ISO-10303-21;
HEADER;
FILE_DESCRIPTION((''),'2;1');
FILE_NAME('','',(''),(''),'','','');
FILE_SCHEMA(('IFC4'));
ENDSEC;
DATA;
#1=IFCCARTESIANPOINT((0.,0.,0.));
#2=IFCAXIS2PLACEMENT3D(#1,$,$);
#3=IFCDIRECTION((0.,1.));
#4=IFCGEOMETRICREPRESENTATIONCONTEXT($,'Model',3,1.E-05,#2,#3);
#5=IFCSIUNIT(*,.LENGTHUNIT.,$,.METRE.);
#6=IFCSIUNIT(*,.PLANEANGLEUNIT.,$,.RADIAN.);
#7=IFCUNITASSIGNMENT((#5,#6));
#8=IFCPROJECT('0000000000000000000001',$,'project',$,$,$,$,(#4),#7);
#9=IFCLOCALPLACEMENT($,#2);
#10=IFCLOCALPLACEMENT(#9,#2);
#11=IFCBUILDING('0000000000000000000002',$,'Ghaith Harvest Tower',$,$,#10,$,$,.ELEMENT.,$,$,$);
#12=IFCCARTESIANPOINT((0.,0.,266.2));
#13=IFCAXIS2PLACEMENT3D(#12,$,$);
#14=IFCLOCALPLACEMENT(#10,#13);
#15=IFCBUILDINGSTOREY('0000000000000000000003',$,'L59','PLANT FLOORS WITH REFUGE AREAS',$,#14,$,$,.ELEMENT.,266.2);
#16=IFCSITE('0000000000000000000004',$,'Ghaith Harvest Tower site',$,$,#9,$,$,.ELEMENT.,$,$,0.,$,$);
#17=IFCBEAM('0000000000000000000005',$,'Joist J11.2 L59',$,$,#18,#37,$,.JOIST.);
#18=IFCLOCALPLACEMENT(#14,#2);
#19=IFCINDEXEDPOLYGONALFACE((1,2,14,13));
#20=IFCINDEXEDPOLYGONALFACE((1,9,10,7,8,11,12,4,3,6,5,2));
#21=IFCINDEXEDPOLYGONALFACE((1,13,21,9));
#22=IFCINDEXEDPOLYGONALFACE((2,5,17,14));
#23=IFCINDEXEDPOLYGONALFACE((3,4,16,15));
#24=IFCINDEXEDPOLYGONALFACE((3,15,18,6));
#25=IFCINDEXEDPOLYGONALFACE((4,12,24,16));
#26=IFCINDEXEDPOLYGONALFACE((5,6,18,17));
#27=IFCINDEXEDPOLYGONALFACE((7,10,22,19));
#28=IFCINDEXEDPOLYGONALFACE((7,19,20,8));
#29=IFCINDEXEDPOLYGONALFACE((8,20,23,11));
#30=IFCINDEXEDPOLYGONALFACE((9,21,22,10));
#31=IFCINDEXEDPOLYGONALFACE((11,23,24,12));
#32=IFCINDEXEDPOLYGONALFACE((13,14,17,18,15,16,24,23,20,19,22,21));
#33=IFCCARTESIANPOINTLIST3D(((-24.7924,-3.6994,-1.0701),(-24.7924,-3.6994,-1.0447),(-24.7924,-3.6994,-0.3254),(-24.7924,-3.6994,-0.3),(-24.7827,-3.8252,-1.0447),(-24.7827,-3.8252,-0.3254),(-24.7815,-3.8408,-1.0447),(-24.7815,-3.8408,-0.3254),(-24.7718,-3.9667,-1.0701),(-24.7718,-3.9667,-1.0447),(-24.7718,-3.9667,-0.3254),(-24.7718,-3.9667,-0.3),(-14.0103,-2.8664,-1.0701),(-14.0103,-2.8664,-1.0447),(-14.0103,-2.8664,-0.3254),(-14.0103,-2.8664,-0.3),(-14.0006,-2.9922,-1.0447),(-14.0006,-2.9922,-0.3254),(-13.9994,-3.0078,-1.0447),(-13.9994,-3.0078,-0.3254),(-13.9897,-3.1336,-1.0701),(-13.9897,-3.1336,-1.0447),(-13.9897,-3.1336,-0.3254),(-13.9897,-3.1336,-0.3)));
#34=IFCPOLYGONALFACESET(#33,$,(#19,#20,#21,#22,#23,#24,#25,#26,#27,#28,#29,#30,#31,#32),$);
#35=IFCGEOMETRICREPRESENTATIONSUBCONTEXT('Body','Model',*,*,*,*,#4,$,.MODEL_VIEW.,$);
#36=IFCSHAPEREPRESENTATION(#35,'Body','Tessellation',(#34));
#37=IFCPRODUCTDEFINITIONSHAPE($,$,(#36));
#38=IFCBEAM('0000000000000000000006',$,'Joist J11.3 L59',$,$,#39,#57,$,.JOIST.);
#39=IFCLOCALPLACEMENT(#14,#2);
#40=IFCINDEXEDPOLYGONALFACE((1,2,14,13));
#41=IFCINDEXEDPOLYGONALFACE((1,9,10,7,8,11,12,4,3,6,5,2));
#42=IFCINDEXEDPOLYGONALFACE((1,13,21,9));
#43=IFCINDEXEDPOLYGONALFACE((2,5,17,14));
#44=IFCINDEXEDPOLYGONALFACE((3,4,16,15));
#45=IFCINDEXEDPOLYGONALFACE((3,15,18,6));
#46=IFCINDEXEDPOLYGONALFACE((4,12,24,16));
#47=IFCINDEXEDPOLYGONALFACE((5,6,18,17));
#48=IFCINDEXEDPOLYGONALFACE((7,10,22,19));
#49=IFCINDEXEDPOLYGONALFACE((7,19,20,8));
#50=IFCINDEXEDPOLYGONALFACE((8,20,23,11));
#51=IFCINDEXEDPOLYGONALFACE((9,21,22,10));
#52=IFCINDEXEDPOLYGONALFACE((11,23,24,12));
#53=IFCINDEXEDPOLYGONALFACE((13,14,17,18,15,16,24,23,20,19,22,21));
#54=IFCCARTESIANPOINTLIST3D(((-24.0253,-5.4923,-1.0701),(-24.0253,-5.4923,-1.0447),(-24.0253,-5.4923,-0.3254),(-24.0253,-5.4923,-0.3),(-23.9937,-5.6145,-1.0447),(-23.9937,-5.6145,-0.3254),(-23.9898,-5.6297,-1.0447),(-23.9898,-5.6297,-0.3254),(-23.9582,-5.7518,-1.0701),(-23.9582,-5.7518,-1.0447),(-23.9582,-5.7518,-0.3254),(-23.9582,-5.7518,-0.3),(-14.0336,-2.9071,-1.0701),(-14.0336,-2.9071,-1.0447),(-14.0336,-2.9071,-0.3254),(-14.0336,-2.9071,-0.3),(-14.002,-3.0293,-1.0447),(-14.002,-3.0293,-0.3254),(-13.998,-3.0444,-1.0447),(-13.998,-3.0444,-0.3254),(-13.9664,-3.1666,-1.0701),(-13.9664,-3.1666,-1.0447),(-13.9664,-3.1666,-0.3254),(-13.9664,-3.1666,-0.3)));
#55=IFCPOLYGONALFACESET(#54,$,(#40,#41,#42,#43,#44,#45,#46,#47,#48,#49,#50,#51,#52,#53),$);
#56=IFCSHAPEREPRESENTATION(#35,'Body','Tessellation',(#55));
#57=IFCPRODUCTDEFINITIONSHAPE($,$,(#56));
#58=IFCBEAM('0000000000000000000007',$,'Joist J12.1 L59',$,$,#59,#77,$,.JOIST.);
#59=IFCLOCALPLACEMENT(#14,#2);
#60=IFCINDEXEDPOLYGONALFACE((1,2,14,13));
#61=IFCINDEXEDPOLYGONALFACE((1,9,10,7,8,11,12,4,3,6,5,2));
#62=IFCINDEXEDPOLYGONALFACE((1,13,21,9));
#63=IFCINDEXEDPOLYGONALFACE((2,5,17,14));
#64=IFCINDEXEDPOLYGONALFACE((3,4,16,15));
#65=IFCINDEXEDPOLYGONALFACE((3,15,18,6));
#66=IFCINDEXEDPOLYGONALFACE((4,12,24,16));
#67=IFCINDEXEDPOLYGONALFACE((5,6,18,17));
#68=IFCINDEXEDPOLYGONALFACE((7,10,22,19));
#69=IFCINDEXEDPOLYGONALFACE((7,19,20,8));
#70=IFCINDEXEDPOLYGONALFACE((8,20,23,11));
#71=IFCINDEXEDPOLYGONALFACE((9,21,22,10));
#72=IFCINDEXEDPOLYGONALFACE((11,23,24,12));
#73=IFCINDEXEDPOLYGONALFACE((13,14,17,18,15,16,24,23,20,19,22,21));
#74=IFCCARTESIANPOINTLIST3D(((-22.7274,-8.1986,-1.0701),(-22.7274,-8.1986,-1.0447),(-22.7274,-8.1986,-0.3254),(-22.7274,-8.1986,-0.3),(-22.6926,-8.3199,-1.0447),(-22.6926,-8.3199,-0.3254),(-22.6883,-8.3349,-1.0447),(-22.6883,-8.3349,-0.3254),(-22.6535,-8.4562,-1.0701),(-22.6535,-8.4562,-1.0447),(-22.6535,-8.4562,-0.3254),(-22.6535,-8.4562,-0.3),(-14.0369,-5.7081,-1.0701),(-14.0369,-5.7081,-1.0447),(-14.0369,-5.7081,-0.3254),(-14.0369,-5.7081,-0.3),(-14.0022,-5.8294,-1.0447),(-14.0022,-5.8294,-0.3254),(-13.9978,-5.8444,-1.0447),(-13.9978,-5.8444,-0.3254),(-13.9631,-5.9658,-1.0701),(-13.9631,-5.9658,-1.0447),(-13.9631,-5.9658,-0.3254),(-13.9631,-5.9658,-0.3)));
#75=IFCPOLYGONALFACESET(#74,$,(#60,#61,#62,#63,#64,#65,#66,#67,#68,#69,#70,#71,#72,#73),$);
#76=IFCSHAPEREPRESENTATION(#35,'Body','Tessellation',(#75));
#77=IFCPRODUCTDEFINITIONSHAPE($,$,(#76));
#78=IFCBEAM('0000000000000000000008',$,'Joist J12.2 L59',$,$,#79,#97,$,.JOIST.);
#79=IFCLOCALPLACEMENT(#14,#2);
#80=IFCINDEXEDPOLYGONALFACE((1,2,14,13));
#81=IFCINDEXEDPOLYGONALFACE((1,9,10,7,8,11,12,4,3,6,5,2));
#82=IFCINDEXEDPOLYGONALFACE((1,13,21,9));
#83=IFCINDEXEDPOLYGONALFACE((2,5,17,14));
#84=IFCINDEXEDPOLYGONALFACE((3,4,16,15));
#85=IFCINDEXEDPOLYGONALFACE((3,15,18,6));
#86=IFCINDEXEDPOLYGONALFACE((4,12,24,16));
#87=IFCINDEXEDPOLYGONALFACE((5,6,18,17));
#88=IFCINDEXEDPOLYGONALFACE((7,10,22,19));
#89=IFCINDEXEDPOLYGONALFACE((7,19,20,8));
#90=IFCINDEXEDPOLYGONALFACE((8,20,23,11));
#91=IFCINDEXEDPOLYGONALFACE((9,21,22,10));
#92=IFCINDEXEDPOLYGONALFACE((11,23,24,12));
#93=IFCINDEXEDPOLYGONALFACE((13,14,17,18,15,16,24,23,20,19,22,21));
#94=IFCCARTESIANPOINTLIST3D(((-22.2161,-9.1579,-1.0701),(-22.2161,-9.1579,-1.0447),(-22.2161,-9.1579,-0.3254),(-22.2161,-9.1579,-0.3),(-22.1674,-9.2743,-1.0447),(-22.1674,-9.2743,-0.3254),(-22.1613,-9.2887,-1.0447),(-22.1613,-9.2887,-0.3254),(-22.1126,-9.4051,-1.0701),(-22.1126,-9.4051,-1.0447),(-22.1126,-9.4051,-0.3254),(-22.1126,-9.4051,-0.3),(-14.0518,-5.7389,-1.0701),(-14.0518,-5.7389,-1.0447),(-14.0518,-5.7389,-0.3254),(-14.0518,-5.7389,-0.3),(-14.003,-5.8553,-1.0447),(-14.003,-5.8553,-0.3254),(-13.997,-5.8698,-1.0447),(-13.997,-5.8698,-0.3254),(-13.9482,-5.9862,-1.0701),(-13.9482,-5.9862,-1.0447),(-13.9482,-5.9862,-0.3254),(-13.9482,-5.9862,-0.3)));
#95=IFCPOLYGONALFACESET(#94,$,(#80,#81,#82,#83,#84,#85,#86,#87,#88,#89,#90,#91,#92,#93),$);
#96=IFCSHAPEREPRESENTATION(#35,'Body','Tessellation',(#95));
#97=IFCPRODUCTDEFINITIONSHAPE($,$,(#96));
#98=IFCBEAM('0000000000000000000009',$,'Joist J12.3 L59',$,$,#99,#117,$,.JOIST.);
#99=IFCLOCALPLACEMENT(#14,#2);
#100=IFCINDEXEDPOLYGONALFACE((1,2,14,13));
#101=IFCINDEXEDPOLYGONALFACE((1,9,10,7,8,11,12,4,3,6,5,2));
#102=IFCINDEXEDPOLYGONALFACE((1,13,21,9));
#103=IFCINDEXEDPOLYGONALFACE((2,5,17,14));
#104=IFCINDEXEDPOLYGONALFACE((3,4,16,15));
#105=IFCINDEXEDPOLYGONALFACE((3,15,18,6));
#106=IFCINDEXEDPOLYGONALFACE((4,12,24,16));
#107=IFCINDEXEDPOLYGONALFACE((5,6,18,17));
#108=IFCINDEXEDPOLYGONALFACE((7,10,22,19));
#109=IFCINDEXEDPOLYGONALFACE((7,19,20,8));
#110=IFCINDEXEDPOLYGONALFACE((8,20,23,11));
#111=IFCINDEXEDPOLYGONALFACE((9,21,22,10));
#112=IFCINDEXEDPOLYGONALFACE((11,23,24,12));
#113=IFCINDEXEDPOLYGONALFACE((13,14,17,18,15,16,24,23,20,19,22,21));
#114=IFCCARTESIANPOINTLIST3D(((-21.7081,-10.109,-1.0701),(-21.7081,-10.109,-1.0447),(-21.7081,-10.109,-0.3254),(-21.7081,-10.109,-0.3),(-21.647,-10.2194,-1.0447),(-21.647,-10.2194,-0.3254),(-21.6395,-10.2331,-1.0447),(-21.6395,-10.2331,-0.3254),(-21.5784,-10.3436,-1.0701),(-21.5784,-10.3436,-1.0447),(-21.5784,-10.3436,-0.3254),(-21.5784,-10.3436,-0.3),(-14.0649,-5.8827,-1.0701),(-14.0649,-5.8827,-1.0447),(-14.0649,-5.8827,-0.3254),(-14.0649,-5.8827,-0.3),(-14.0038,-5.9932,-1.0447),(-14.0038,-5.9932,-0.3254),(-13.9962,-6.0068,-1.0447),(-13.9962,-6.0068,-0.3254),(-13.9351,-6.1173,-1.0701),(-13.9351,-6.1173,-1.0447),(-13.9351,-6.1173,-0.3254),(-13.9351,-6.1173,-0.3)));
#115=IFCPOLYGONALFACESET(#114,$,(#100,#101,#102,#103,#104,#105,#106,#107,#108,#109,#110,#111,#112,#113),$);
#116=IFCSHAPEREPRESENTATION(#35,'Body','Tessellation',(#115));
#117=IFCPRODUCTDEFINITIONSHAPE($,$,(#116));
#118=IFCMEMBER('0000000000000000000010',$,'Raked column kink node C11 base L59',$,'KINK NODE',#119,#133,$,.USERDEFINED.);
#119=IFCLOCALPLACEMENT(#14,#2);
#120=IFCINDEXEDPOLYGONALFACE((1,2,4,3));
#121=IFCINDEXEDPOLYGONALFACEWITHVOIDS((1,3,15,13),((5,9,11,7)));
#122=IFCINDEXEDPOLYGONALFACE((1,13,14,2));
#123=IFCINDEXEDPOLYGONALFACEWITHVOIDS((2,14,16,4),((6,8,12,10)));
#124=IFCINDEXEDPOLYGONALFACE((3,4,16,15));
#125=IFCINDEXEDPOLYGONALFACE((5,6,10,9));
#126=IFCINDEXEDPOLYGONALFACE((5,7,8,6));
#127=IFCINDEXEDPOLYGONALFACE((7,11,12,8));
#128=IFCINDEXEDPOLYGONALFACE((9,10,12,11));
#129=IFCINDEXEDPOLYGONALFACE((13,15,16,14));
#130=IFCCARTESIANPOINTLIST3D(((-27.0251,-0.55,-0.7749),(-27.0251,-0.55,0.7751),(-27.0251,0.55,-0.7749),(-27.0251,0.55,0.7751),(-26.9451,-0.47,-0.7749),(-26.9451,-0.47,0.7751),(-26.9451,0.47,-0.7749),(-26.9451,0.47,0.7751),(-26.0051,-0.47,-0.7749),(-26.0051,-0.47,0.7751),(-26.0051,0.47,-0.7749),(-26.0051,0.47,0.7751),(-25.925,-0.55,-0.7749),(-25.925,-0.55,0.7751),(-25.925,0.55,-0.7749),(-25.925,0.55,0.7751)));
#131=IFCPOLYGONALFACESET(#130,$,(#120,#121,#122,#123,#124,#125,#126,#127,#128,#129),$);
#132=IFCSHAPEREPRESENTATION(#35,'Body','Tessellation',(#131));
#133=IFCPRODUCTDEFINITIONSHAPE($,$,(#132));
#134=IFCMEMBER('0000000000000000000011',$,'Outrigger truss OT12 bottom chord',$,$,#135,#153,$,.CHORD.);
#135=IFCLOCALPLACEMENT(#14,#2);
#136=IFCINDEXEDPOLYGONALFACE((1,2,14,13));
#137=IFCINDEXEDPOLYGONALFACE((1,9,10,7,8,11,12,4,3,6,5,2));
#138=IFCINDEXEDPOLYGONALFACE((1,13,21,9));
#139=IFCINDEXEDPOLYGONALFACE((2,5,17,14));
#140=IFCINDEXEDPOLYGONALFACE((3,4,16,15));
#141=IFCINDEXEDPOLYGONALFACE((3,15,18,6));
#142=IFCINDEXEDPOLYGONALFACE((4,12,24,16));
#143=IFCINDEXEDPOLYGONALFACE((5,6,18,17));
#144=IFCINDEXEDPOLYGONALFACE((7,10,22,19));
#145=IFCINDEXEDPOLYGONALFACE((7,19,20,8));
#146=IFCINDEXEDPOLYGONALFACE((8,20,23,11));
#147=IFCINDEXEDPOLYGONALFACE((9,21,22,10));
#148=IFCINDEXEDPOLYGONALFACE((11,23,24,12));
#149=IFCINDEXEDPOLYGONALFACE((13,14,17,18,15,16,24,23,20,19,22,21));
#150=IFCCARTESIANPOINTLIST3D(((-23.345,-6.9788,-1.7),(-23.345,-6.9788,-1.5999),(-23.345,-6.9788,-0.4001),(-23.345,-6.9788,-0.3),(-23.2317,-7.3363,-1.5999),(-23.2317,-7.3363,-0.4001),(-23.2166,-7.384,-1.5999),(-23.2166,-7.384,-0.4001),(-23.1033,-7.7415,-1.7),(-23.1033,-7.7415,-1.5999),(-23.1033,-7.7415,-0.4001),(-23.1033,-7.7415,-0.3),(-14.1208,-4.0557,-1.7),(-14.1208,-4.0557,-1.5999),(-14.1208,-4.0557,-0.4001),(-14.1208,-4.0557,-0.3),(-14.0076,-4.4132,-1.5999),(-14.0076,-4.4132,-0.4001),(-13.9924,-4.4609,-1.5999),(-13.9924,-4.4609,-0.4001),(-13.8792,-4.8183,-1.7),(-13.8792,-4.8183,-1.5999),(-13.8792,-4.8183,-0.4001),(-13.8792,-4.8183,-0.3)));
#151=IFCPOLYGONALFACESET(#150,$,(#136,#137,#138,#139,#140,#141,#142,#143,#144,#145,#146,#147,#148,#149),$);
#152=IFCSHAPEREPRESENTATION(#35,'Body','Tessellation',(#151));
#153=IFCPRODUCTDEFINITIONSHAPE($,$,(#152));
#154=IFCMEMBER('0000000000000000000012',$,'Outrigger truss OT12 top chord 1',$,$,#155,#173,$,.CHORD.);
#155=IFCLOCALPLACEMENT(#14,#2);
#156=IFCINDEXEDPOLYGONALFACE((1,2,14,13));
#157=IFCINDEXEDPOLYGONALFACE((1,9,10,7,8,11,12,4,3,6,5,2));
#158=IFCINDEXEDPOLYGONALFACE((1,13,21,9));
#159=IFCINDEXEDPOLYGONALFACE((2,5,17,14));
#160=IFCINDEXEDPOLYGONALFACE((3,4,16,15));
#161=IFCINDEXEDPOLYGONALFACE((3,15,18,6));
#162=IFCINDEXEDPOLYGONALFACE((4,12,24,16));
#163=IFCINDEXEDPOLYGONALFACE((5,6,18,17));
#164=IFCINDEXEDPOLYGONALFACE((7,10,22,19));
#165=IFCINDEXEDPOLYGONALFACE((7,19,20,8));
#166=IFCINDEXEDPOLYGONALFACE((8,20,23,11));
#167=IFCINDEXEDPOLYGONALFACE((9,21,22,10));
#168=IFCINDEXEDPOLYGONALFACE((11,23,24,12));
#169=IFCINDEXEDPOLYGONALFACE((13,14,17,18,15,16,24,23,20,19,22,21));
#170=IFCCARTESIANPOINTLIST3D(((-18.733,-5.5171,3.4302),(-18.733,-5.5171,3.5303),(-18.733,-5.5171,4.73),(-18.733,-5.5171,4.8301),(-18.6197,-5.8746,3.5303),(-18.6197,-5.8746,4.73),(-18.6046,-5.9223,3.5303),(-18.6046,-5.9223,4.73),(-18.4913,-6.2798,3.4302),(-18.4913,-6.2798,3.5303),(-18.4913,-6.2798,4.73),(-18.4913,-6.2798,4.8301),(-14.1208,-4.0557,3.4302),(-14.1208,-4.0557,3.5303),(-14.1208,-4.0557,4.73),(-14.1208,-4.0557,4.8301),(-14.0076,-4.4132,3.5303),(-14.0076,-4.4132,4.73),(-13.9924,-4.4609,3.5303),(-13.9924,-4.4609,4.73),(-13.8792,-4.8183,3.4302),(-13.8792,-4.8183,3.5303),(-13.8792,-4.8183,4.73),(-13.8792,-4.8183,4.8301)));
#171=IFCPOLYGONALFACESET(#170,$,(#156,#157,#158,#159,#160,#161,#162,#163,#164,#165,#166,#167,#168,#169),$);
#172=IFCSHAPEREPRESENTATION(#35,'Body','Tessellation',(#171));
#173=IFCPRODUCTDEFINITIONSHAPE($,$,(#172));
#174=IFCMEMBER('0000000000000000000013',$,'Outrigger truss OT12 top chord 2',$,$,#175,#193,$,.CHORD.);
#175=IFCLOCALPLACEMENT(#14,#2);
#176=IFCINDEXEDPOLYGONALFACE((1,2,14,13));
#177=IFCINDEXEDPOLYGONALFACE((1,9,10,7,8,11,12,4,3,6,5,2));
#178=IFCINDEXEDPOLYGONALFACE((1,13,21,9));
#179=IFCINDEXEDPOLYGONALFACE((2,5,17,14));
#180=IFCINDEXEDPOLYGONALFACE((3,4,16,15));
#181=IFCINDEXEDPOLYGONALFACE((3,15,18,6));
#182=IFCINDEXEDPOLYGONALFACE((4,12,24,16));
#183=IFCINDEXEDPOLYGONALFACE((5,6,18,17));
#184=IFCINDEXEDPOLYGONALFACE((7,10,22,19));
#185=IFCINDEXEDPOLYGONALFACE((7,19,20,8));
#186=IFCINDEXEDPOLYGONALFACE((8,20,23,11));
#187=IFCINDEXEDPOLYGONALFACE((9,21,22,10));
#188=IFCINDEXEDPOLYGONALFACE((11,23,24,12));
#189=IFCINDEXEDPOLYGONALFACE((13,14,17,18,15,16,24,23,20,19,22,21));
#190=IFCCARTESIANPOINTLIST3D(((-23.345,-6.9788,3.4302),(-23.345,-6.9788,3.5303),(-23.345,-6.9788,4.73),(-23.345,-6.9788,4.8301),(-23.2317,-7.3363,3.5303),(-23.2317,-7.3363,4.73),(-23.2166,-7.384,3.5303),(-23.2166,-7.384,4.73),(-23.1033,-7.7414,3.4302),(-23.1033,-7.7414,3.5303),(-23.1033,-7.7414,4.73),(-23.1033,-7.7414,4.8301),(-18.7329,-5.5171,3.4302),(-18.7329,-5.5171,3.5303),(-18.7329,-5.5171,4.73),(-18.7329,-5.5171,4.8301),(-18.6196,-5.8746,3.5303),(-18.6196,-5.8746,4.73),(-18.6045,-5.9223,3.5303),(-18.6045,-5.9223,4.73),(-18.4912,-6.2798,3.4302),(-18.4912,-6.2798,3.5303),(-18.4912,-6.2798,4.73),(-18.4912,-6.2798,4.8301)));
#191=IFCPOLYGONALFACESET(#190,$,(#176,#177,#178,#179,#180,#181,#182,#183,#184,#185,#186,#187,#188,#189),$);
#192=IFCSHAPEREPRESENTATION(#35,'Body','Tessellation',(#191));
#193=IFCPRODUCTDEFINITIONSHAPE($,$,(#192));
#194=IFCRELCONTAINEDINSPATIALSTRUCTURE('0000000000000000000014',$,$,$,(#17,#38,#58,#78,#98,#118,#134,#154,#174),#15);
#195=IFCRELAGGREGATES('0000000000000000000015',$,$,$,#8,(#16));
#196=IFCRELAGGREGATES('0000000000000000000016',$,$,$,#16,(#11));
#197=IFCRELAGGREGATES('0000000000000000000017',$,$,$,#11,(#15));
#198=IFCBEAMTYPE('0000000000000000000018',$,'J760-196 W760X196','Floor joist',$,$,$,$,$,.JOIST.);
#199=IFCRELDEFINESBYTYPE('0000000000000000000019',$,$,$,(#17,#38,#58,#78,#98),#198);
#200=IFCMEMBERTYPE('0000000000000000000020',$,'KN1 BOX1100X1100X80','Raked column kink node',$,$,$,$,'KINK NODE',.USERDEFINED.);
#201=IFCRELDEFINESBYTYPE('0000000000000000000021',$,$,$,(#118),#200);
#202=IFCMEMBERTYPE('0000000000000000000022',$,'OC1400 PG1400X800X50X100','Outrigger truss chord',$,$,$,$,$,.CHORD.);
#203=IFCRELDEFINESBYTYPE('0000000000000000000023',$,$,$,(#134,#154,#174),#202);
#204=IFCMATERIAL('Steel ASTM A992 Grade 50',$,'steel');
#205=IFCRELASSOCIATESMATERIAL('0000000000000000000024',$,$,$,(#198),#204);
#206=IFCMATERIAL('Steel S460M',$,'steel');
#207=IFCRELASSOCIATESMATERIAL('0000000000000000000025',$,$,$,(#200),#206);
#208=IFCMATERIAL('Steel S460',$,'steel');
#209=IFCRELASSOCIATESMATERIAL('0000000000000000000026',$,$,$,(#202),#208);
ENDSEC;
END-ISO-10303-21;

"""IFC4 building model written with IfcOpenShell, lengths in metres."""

from ifc_helpers import new_model, si_unit, direction, frame, origin, origin_2d, place, context, subcontext, project, spatial, hollow_rectangle, i_section, extrude, material, material_profile, profile_set, type_object, element, save


model = new_model("IFC4")

# Units and contexts
model_context = context("Model", 3, precision=1e-05, world=origin(), true_north=direction((0.0, 1.0)))
body_context = subcontext(model_context, "Body", "Model", "MODEL_VIEW")
ifc_project = project(units=[si_unit("LENGTHUNIT", "METRE"), si_unit("PLANEANGLEUNIT", "RADIAN")], contexts=[model_context])

# Site, building, storey
site_placement = place(None, origin())
site = spatial("IfcSite", under=ifc_project, at=site_placement, Name="Ghaith Harvest Tower site", CompositionType="ELEMENT", RefElevation=0.0)
building_placement = place(site_placement, origin())
building = spatial("IfcBuilding", under=site, at=building_placement, Name="Ghaith Harvest Tower", CompositionType="ELEMENT")
storey_placement = place(building_placement, frame((0.0, 0.0, 266.2)))
storey = spatial("IfcBuildingStorey", under=building, at=storey_placement, Name="L59", Description="PLANT FLOORS WITH REFUGE AREAS", CompositionType="ELEMENT", Elevation=266.2)

# Beams
ifc_material_1 = material(Name="Steel ASTM A992 Grade 50", Category="steel")
ifc_material_profile_1 = material_profile(ifc_material_1, i_section(OverallWidth=0.2681, OverallDepth=0.77, WebThickness=0.0156, FlangeThickness=0.0254, at=origin_2d()), Name="W760X196")
ifc_profile_set_1 = profile_set([ifc_material_profile_1], Name="Steel ASTM A992 Grade 50")
beam_type_1 = type_object("IfcBeamType", Name="J760-196 W760X196", Description="Floor joist", PredefinedType="JOIST", material=ifc_profile_set_1)
beam_1_placement = place(storey_placement, frame((-14.0, -3.0, -0.6851), z_axis=(-0.997029, -0.07703, 0.0), x_axis=(0.07703, -0.997029, 0.0)))
element("IfcBeam", 1, at=beam_1_placement, inside=storey, type_object=beam_type_1, Name="Joist J11.2 L59", PredefinedType="JOIST", context=body_context, shape_type="SweptSolid", body=[
    extrude(i_section(OverallWidth=0.2681, OverallDepth=0.77, WebThickness=0.0156, FlangeThickness=0.0254, at=origin_2d()), origin(), (0.0, 0.0, 1.0), 10.8142),
])
beam_2_placement = place(storey_placement, frame((-14.0, -3.0369, -0.6851), z_axis=(-0.96812, -0.250487, 0.0), x_axis=(0.250487, -0.96812, 0.0)))
element("IfcBeam", 2, at=beam_2_placement, inside=storey, type_object=beam_type_1, Name="Joist J11.3 L59", PredefinedType="JOIST", context=body_context, shape_type="SweptSolid", body=[
    extrude(i_section(OverallWidth=0.2681, OverallDepth=0.77, WebThickness=0.0156, FlangeThickness=0.0254, at=origin_2d()), origin(), (0.0, 0.0, 1.0), 10.3208),
])
beam_3_placement = place(storey_placement, frame((-14.0, -5.8369, -0.6851), z_axis=(-0.961305, -0.275488, 0.0), x_axis=(0.275488, -0.961305, 0.0)))
element("IfcBeam", 3, at=beam_3_placement, inside=storey, type_object=beam_type_1, Name="Joist J12.1 L59", PredefinedType="JOIST", context=body_context, shape_type="SweptSolid", body=[
    extrude(i_section(OverallWidth=0.2681, OverallDepth=0.77, WebThickness=0.0156, FlangeThickness=0.0254, at=origin_2d()), origin(), (0.0, 0.0, 1.0), 9.0403),
])
beam_4_placement = place(storey_placement, frame((-14.0, -5.8625, -0.6851), z_axis=(-0.922388, -0.386266, 0.0), x_axis=(0.386266, -0.922388, 0.0)))
element("IfcBeam", 4, at=beam_4_placement, inside=storey, type_object=beam_type_1, Name="Joist J12.2 L59", PredefinedType="JOIST", context=body_context, shape_type="SweptSolid", body=[
    extrude(i_section(OverallWidth=0.2681, OverallDepth=0.77, WebThickness=0.0156, FlangeThickness=0.0254, at=origin_2d()), origin(), (0.0, 0.0, 1.0), 8.8513),
])
beam_5_placement = place(storey_placement, frame((-14.0, -6.0, -0.6851), z_axis=(-0.875126, -0.483895, 0.0), x_axis=(0.483895, -0.875126, 0.0)))
element("IfcBeam", 5, at=beam_5_placement, inside=storey, type_object=beam_type_1, Name="Joist J12.3 L59", PredefinedType="JOIST", context=body_context, shape_type="SweptSolid", body=[
    extrude(i_section(OverallWidth=0.2681, OverallDepth=0.77, WebThickness=0.0156, FlangeThickness=0.0254, at=origin_2d()), origin(), (0.0, 0.0, 1.0), 8.7339),
])

# Members
ifc_material_2 = material(Name="Steel S460M", Category="steel")
ifc_material_profile_2 = material_profile(ifc_material_2, hollow_rectangle(XDim=1.1001, YDim=1.1001, WallThickness=0.0801, at=origin_2d()), Name="BOX1100X1100X80")
ifc_profile_set_2 = profile_set([ifc_material_profile_2], Name="Steel S460M")
member_type_1 = type_object("IfcMemberType", Name="KN1 BOX1100X1100X80", Description="Raked column kink node", ElementType="KINK NODE", PredefinedType="USERDEFINED", material=ifc_profile_set_2)
member_1_placement = place(storey_placement, frame((-26.4751, 0.0, -0.7749), z_axis=(0.0, 0.0, 1.0), x_axis=(1.0, 0.0, 0.0)))
element("IfcMember", 6, at=member_1_placement, inside=storey, type_object=member_type_1, Name="Raked column kink node C11 base L59", ObjectType="KINK NODE", PredefinedType="USERDEFINED", context=body_context, shape_type="SweptSolid", body=[
    extrude(hollow_rectangle(XDim=1.1001, YDim=1.1001, WallThickness=0.0801, at=origin_2d()), origin(), (0.0, 0.0, 1.0), 1.55),
])
ifc_material_3 = material(Name="Steel S460", Category="steel")
ifc_material_profile_3 = material_profile(ifc_material_3, i_section(OverallWidth=0.8, OverallDepth=1.3999, WebThickness=0.05, FlangeThickness=0.1001, at=origin_2d()), Name="PG1400X800X50X100")
ifc_profile_set_3 = profile_set([ifc_material_profile_3], Name="Steel S460")
member_type_2 = type_object("IfcMemberType", Name="OC1400 PG1400X800X50X100", Description="Outrigger truss chord", PredefinedType="CHORD", material=ifc_profile_set_3)
member_2_placement = place(storey_placement, frame((-14.0, -4.437, -1.0), z_axis=(-0.953279, -0.302091, 0.0), x_axis=(0.302091, -0.953279, 0.0)))
element("IfcMember", 7, at=member_2_placement, inside=storey, type_object=member_type_2, Name="Outrigger truss OT12 bottom chord", PredefinedType="CHORD", context=body_context, shape_type="SweptSolid", body=[
    extrude(i_section(OverallWidth=0.8, OverallDepth=1.3999, WebThickness=0.05, FlangeThickness=0.1001, at=origin_2d()), origin(), (0.0, 0.0, 1.0), 9.6763),
])
for number, where, z_axis, x_axis, name in (
    (8, (-14.0, -4.437, 4.1301), (-0.953286, -0.302068, 0.0), (0.302068, -0.953286, 0.0), "Outrigger truss OT12 top chord 1"),
    (9, (-18.6121, -5.8984, 4.1301), (-0.953272, -0.302114, 0.0), (0.302114, -0.953272, 0.0), "Outrigger truss OT12 top chord 2"),
):
    element("IfcMember", number, at=place(storey_placement, frame(where, z_axis=z_axis, x_axis=x_axis)), inside=storey, type_object=member_type_2, Name=name, PredefinedType="CHORD", context=body_context, shape_type="SweptSolid", body=[
        extrude(i_section(OverallWidth=0.8, OverallDepth=1.3999, WebThickness=0.05, FlangeThickness=0.1001, at=origin_2d()), origin(), (0.0, 0.0, 1.0), 4.8381),
    ])

save(model, "model.ifc")
